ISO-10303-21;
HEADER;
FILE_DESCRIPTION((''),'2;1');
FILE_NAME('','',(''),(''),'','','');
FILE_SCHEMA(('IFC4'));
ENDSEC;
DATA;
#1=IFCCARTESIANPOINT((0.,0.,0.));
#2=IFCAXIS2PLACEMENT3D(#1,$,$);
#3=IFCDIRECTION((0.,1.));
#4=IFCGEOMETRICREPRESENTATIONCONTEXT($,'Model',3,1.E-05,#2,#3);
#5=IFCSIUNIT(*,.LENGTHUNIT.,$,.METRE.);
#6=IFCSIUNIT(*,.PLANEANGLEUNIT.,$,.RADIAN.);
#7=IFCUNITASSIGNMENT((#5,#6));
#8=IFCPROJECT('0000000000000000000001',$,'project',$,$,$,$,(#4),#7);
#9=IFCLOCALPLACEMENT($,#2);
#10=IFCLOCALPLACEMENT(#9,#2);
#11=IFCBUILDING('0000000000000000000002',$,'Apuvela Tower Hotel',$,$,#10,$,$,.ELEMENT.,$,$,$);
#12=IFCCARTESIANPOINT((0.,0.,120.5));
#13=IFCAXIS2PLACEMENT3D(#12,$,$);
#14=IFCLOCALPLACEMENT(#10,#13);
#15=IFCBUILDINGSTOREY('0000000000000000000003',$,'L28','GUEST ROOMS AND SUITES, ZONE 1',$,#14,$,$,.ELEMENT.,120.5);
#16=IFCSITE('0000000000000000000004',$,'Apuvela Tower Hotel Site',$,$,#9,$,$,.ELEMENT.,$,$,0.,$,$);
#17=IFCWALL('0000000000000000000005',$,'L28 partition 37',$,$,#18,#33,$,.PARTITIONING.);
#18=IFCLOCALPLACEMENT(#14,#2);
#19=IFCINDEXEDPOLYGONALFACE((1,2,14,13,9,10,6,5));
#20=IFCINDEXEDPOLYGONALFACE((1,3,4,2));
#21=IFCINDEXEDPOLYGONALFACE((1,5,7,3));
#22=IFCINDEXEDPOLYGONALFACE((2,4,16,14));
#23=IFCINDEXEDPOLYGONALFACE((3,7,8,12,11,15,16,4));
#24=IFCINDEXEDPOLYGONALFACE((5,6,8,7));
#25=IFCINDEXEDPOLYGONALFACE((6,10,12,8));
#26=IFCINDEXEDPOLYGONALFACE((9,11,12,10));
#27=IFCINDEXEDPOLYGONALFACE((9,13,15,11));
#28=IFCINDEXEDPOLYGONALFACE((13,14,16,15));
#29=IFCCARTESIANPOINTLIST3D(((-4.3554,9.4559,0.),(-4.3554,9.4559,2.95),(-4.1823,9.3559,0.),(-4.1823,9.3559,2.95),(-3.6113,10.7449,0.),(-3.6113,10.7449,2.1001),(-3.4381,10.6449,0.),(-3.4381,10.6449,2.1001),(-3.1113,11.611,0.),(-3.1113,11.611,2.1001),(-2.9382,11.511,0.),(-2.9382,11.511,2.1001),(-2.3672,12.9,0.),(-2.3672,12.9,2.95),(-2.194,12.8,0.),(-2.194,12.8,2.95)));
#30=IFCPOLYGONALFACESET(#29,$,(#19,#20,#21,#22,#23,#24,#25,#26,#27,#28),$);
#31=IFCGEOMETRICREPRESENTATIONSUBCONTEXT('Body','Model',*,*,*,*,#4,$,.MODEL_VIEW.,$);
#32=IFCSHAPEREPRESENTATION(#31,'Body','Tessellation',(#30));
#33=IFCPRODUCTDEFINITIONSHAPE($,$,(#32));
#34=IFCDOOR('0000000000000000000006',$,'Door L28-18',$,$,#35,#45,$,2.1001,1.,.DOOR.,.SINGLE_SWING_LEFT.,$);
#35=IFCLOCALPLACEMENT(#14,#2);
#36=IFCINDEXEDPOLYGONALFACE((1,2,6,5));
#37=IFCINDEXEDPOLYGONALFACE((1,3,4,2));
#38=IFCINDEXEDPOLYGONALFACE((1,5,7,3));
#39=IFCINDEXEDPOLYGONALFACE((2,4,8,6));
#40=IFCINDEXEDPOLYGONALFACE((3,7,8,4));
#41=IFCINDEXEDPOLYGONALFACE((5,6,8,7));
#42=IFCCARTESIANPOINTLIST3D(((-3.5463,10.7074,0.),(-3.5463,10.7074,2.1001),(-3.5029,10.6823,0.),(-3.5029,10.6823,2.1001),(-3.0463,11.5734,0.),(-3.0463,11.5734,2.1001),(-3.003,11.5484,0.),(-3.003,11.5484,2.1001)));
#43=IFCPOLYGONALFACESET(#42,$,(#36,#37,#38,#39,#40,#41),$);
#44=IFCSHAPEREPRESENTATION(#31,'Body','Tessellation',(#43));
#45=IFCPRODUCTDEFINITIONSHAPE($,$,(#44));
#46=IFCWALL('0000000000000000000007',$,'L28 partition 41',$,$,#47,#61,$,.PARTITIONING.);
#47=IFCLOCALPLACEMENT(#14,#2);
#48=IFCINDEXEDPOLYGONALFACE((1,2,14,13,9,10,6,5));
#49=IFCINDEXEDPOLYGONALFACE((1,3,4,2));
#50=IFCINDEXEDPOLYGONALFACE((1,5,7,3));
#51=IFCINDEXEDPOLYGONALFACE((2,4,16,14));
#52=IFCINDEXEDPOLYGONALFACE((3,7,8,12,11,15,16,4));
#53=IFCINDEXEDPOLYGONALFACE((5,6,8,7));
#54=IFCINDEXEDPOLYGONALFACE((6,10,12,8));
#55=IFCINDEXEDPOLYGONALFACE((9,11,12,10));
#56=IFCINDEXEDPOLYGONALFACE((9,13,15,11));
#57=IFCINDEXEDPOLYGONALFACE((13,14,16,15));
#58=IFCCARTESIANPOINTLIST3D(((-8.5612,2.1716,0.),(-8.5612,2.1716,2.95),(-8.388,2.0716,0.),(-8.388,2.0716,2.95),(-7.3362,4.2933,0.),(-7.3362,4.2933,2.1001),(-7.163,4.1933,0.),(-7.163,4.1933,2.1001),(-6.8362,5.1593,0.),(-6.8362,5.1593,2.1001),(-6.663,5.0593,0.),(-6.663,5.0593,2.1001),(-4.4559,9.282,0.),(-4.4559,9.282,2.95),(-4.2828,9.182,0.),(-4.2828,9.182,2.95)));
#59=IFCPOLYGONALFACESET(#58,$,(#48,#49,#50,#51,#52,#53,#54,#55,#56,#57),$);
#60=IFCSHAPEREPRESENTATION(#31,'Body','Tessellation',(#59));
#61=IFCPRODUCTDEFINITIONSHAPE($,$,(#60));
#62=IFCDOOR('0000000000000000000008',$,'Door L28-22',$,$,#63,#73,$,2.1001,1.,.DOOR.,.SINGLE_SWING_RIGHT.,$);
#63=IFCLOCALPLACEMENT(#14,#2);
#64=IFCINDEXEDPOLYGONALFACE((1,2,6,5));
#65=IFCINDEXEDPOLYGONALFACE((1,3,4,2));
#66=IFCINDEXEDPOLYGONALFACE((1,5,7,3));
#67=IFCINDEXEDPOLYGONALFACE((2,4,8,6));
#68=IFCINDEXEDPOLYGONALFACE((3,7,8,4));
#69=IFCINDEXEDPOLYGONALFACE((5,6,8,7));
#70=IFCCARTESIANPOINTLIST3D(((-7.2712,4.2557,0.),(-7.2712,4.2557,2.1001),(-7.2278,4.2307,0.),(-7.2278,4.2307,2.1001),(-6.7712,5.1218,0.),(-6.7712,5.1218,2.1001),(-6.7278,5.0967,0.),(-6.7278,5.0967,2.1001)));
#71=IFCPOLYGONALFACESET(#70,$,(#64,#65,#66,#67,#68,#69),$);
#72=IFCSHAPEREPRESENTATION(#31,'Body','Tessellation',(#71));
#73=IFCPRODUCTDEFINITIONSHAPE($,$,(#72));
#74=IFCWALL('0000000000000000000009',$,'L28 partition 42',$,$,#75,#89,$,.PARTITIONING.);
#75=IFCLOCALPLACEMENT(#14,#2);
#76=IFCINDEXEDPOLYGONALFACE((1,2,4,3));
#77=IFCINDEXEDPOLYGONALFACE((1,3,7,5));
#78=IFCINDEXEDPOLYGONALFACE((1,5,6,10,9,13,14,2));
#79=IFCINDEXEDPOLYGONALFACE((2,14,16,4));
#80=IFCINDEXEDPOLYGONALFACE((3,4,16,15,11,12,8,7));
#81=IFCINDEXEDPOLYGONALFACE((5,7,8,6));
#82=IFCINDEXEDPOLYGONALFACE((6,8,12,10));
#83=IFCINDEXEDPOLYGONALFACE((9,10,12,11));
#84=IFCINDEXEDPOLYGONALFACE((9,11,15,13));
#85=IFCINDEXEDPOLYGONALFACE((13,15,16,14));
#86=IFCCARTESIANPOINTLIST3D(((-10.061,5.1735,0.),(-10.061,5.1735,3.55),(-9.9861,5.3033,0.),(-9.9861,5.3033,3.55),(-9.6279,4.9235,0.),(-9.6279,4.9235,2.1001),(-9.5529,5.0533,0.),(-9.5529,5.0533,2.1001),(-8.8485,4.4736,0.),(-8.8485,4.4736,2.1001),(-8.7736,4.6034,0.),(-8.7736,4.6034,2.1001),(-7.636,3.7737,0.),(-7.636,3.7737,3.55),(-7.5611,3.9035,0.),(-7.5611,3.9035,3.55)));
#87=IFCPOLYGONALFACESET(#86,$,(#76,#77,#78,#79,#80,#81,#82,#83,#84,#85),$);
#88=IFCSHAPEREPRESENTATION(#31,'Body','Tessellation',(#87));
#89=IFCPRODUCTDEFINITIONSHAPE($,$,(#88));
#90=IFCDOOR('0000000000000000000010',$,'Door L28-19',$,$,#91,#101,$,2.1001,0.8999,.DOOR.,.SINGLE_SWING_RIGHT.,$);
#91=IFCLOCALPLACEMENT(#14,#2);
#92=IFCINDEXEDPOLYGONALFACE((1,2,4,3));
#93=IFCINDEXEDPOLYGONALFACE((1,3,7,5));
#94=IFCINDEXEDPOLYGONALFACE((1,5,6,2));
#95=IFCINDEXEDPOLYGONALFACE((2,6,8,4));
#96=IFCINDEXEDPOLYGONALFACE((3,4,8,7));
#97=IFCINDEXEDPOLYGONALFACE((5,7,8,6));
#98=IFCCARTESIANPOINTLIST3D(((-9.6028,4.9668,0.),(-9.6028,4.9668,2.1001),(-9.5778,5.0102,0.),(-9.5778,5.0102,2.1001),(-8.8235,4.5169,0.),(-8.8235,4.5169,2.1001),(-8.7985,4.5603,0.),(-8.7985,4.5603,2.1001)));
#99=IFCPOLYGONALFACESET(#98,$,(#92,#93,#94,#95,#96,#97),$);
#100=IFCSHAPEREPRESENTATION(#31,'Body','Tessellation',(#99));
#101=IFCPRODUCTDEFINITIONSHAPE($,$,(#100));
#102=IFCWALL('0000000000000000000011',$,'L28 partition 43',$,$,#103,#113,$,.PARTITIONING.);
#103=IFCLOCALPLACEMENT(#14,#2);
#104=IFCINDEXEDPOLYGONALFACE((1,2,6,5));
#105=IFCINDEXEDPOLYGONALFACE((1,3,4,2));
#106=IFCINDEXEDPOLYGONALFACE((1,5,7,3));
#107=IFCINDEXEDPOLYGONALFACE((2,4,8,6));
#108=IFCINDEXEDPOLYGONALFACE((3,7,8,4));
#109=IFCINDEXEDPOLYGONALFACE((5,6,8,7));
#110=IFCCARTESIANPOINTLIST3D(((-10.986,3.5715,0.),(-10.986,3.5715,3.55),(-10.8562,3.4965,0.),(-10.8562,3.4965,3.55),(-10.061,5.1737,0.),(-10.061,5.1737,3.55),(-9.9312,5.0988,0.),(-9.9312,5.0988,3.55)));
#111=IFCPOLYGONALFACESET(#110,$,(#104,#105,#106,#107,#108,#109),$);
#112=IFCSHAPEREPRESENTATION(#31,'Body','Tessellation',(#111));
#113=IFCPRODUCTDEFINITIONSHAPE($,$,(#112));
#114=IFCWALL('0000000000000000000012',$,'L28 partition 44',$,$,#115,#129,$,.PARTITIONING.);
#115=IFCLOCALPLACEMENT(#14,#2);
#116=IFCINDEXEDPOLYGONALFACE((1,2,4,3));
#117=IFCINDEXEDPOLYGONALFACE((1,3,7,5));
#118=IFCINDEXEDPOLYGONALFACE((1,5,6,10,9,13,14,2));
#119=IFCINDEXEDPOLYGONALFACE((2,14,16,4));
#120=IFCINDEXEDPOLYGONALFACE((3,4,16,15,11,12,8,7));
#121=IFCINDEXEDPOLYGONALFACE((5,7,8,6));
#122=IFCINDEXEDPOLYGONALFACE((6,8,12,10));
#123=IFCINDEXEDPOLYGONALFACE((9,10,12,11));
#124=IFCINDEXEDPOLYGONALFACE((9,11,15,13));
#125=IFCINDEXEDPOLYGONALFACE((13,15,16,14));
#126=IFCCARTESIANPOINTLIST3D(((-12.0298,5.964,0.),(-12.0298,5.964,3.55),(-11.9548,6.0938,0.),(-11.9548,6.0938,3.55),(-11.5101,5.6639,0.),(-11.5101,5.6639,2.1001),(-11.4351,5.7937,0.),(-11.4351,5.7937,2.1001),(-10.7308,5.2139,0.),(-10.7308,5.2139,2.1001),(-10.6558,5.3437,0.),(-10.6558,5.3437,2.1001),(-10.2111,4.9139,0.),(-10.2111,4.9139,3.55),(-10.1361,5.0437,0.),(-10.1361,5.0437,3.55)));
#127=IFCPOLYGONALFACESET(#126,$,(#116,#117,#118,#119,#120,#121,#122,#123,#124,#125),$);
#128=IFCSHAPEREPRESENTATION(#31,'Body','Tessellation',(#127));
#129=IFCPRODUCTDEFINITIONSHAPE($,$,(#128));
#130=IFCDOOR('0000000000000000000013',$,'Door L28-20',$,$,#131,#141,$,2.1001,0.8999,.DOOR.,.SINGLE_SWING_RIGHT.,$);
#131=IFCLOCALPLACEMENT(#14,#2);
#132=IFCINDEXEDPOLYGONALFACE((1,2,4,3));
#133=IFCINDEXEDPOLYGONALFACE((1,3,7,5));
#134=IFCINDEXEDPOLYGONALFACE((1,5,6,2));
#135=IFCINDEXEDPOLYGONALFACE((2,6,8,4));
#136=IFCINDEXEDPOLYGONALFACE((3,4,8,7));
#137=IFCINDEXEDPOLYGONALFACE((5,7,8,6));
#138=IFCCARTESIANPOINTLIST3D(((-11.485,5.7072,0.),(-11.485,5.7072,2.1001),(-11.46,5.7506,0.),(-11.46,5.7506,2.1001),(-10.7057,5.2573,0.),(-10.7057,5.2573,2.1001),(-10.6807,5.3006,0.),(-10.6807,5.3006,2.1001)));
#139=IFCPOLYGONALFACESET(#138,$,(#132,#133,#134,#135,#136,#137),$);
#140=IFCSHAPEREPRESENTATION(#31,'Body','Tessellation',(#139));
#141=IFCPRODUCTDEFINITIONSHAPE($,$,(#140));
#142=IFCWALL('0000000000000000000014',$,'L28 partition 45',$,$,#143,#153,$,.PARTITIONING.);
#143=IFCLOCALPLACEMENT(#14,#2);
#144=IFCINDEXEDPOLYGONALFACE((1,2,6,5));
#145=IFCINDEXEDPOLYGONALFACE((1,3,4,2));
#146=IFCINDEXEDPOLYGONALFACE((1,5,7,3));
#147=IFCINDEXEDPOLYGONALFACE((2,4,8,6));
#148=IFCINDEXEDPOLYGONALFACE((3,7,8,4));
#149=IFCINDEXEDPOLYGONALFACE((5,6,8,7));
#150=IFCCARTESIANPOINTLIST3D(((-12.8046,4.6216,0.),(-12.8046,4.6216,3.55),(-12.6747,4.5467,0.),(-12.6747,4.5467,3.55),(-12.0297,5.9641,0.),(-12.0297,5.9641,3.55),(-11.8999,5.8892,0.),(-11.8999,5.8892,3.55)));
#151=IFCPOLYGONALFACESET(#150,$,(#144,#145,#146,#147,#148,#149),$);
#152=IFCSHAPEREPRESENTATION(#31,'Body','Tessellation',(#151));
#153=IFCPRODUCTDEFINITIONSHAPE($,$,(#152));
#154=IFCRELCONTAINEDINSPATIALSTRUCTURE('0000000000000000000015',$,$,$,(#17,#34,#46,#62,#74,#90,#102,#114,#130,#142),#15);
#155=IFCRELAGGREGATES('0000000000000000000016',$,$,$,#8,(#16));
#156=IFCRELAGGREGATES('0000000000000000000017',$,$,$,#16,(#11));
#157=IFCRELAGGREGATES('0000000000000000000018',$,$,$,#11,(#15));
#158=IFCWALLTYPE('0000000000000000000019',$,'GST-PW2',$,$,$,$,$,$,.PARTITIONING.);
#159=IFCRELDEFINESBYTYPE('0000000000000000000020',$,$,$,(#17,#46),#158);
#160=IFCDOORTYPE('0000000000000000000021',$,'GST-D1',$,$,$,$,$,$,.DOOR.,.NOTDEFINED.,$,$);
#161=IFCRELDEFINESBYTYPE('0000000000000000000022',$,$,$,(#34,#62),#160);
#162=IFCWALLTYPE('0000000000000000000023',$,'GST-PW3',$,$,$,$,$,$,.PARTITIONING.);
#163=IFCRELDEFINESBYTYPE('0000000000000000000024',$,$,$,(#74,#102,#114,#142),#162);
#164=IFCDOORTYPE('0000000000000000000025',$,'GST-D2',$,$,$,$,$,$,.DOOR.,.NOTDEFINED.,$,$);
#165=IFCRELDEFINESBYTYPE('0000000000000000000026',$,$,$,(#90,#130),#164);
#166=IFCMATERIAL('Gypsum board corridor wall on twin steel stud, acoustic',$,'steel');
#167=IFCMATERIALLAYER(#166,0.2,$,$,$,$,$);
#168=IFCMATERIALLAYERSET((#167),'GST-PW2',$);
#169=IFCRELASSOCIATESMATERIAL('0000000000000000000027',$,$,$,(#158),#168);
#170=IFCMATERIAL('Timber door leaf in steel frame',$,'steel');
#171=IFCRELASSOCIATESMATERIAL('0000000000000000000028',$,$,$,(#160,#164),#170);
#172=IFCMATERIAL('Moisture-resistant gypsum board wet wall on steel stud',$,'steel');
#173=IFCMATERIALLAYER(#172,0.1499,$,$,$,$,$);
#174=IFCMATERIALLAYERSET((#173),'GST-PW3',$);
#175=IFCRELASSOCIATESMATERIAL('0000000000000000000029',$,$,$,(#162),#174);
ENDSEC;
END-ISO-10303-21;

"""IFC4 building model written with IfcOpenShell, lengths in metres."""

from ifc_helpers import new_model, si_unit, direction, frame, frame_2d, origin, place, context, subcontext, project, spatial, rectangle, extrude, material, layer, layer_set, type_object, element, fill, save


model = new_model("IFC4")

# Units and contexts
model_context = context("Model", 3, precision=1e-05, world=origin(), true_north=direction((0.0, 1.0)))
body_context = subcontext(model_context, "Body", "Model", "MODEL_VIEW")
ifc_project = project(units=[si_unit("LENGTHUNIT", "METRE"), si_unit("PLANEANGLEUNIT", "RADIAN")], contexts=[model_context])

# Site, building, storey
site_placement = place(None, origin())
site = spatial("IfcSite", under=ifc_project, at=site_placement, Name="Apuvela Tower Hotel Site", CompositionType="ELEMENT", RefElevation=0.0)
building_placement = place(site_placement, origin())
building = spatial("IfcBuilding", under=site, at=building_placement, Name="Apuvela Tower Hotel", CompositionType="ELEMENT")
storey_placement = place(building_placement, frame((0.0, 0.0, 120.5)))
storey = spatial("IfcBuildingStorey", under=building, at=storey_placement, Name="L28", Description="GUEST ROOMS AND SUITES, ZONE 1", CompositionType="ELEMENT", Elevation=120.5)

# Walls, openings, doors
ifc_material_1 = material(Name="Gypsum board corridor wall on twin steel stud, acoustic", Category="steel")
ifc_layer_1 = layer(ifc_material_1, 0.2)
ifc_layer_set_1 = layer_set([ifc_layer_1], Name="GST-PW2")
wall_type_1 = type_object("IfcWallType", Name="GST-PW2", PredefinedType="PARTITIONING", material=ifc_layer_set_1)
wall_1_placement = place(storey_placement, frame((-4.2688, 9.406, 0.0), z_axis=(0.0, 0.0, 1.0), x_axis=(0.499969, 0.866043, 0.0)))
wall_1 = element("IfcWall", 1, at=wall_1_placement, inside=storey, type_object=wall_type_1, Name="L28 partition 37", PredefinedType="PARTITIONING", context=body_context, shape_type="SweptSolid", body=[
    extrude(rectangle(XDim=3.9768, YDim=0.2, at=frame_2d((1.9883, 0.0))), origin(), (0.0, 0.0, 1.0), 2.95),
])
opening_1_placement = place(wall_1_placement, frame((1.4883, 0.0, 0.0)))
opening_1 = element("IfcOpeningElement", 2, at=opening_1_placement, cuts=wall_1, PredefinedType="OPENING", context=body_context, shape_type="SweptSolid", body=[
    extrude(rectangle(XDim=1.0, YDim=2.1001, at=frame_2d((0.5, 1.05))), frame((0.0, 0.1099, 0.0), z_axis=(0.0, -1.0, 0.0), x_axis=(1.0, 0.0, 0.0)), (0.0, 0.0, 1.0), 0.22),
])
ifc_material_2 = material(Name="Timber door leaf in steel frame", Category="steel")
door_type_1 = type_object("IfcDoorType", Name="GST-D1", OperationType="NOTDEFINED", PredefinedType="DOOR", material=ifc_material_2)
door_1_placement = place(opening_1_placement, origin())
door_1 = element("IfcDoor", 3, at=door_1_placement, inside=storey, type_object=door_type_1, Name="Door L28-18", OperationType="SINGLE_SWING_LEFT", OverallHeight=2.1001, OverallWidth=1.0, PredefinedType="DOOR", context=body_context, shape_type="SweptSolid", body=[
    extrude(rectangle(XDim=1.0, YDim=2.1001, at=frame_2d((0.5, 1.05))), frame((0.0, 0.0249, 0.0), z_axis=(0.0, -1.0, 0.0), x_axis=(1.0, 0.0, 0.0)), (0.0, 0.0, 1.0), 0.05),
])
fill(opening_1, door_1)
wall_2_placement = place(storey_placement, frame((-8.4746, 2.1216, 0.0), z_axis=(0.0, 0.0, 1.0), x_axis=(0.500006, 0.866022, 0.0)))
wall_2 = element("IfcWall", 4, at=wall_2_placement, inside=storey, type_object=wall_type_1, Name="L28 partition 41", PredefinedType="PARTITIONING", context=body_context, shape_type="SweptSolid", body=[
    extrude(rectangle(XDim=8.2104, YDim=0.2, at=frame_2d((4.1052, 0.0))), origin(), (0.0, 0.0, 1.0), 2.95),
])
opening_2_placement = place(wall_2_placement, frame((2.45, 0.0, 0.0)))
opening_2 = element("IfcOpeningElement", 5, at=opening_2_placement, cuts=wall_2, PredefinedType="OPENING", context=body_context, shape_type="SweptSolid", body=[
    extrude(rectangle(XDim=1.0, YDim=2.1001, at=frame_2d((0.5, 1.05))), frame((0.0, 0.1099, 0.0), z_axis=(0.0, -1.0, 0.0), x_axis=(1.0, 0.0, 0.0)), (0.0, 0.0, 1.0), 0.22),
])
door_2_placement = place(opening_2_placement, origin())
door_2 = element("IfcDoor", 6, at=door_2_placement, inside=storey, type_object=door_type_1, Name="Door L28-22", OperationType="SINGLE_SWING_RIGHT", OverallHeight=2.1001, OverallWidth=1.0, PredefinedType="DOOR", context=body_context, shape_type="SweptSolid", body=[
    extrude(rectangle(XDim=1.0, YDim=2.1001, at=frame_2d((0.5, 1.05))), frame((0.0, 0.0249, 0.0), z_axis=(0.0, -1.0, 0.0), x_axis=(1.0, 0.0, 0.0)), (0.0, 0.0, 1.0), 0.05),
])
fill(opening_2, door_2)
ifc_material_3 = material(Name="Moisture-resistant gypsum board wet wall on steel stud", Category="steel")
ifc_layer_2 = layer(ifc_material_3, 0.1499)
ifc_layer_set_2 = layer_set([ifc_layer_2], Name="GST-PW3")
wall_type_2 = type_object("IfcWallType", Name="GST-PW3", PredefinedType="PARTITIONING", material=ifc_layer_set_2)
wall_3_placement = place(storey_placement, frame((-7.5986, 3.8386, 0.0), z_axis=(0.0, 0.0, 1.0), x_axis=(-0.866056, 0.499946, 0.0)))
wall_3 = element("IfcWall", 7, at=wall_3_placement, inside=storey, type_object=wall_type_2, Name="L28 partition 42", PredefinedType="PARTITIONING", context=body_context, shape_type="SweptSolid", body=[
    extrude(rectangle(XDim=2.8, YDim=0.1499, at=frame_2d((1.3999, 0.0))), origin(), (0.0, 0.0, 1.0), 3.55),
])
opening_3_placement = place(wall_3_placement, frame((1.3999, 0.0, 0.0)))
opening_3 = element("IfcOpeningElement", 8, at=opening_3_placement, cuts=wall_3, PredefinedType="OPENING", context=body_context, shape_type="SweptSolid", body=[
    extrude(rectangle(XDim=0.8999, YDim=2.1001, at=frame_2d((0.45, 1.05))), frame((0.0, 0.085, 0.0), z_axis=(0.0, -1.0, 0.0), x_axis=(1.0, 0.0, 0.0)), (0.0, 0.0, 1.0), 0.1699),
])
door_type_2 = type_object("IfcDoorType", Name="GST-D2", OperationType="NOTDEFINED", PredefinedType="DOOR", material=ifc_material_2)
door_3_placement = place(opening_3_placement, origin())
door_3 = element("IfcDoor", 9, at=door_3_placement, inside=storey, type_object=door_type_2, Name="Door L28-19", OperationType="SINGLE_SWING_RIGHT", OverallHeight=2.1001, OverallWidth=0.8999, PredefinedType="DOOR", context=body_context, shape_type="SweptSolid", body=[
    extrude(rectangle(XDim=0.8999, YDim=2.1001, at=frame_2d((0.45, 1.05))), frame((0.0, 0.0249, 0.0), z_axis=(0.0, -1.0, 0.0), x_axis=(1.0, 0.0, 0.0)), (0.0, 0.0, 1.0), 0.05),
])
fill(opening_3, door_3)

# Wall
wall_4_placement = place(storey_placement, frame((-9.9961, 5.1362, 0.0), z_axis=(0.0, 0.0, 1.0), x_axis=(-0.499985, -0.866034, 0.0)))
element("IfcWall", 10, at=wall_4_placement, inside=storey, type_object=wall_type_2, Name="L28 partition 43", PredefinedType="PARTITIONING", context=body_context, shape_type="SweptSolid", body=[
    extrude(rectangle(XDim=1.8501, YDim=0.1499, at=frame_2d((0.925, 0.0))), origin(), (0.0, 0.0, 1.0), 3.55),
])

# Wall, opening, door
wall_5_placement = place(storey_placement, frame((-10.1736, 4.9788, 0.0), z_axis=(0.0, 0.0, 1.0), x_axis=(-0.866009, 0.500028, 0.0)))
wall_5 = element("IfcWall", 11, at=wall_5_placement, inside=storey, type_object=wall_type_2, Name="L28 partition 44", PredefinedType="PARTITIONING", context=body_context, shape_type="SweptSolid", body=[
    extrude(rectangle(XDim=2.1001, YDim=0.1499, at=frame_2d((1.05, 0.0))), origin(), (0.0, 0.0, 1.0), 3.55),
])
opening_4_placement = place(wall_5_placement, frame((0.6001, 0.0, 0.0)))
opening_4 = element("IfcOpeningElement", 12, at=opening_4_placement, cuts=wall_5, PredefinedType="OPENING", context=body_context, shape_type="SweptSolid", body=[
    extrude(rectangle(XDim=0.8999, YDim=2.1001, at=frame_2d((0.45, 1.05))), frame((0.0, 0.085, 0.0), z_axis=(0.0, -1.0, 0.0), x_axis=(1.0, 0.0, 0.0)), (0.0, 0.0, 1.0), 0.1699),
])
door_4_placement = place(opening_4_placement, origin())
door_4 = element("IfcDoor", 13, at=door_4_placement, inside=storey, type_object=door_type_2, Name="Door L28-20", OperationType="SINGLE_SWING_RIGHT", OverallHeight=2.1001, OverallWidth=0.8999, PredefinedType="DOOR", context=body_context, shape_type="SweptSolid", body=[
    extrude(rectangle(XDim=0.8999, YDim=2.1001, at=frame_2d((0.45, 1.05))), frame((0.0, 0.0249, 0.0), z_axis=(0.0, -1.0, 0.0), x_axis=(1.0, 0.0, 0.0)), (0.0, 0.0, 1.0), 0.05),
])
fill(opening_4, door_4)

# Wall
wall_6_placement = place(storey_placement, frame((-11.9648, 5.9265, 0.0), z_axis=(0.0, 0.0, 1.0), x_axis=(-0.4999, -0.866083, 0.0)))
element("IfcWall", 14, at=wall_6_placement, inside=storey, type_object=wall_type_2, Name="L28 partition 45", PredefinedType="PARTITIONING", context=body_context, shape_type="SweptSolid", body=[
    extrude(rectangle(XDim=1.55, YDim=0.1499, at=frame_2d((0.7749, 0.0))), origin(), (0.0, 0.0, 1.0), 3.55),
])

save(model, "model.ifc")
